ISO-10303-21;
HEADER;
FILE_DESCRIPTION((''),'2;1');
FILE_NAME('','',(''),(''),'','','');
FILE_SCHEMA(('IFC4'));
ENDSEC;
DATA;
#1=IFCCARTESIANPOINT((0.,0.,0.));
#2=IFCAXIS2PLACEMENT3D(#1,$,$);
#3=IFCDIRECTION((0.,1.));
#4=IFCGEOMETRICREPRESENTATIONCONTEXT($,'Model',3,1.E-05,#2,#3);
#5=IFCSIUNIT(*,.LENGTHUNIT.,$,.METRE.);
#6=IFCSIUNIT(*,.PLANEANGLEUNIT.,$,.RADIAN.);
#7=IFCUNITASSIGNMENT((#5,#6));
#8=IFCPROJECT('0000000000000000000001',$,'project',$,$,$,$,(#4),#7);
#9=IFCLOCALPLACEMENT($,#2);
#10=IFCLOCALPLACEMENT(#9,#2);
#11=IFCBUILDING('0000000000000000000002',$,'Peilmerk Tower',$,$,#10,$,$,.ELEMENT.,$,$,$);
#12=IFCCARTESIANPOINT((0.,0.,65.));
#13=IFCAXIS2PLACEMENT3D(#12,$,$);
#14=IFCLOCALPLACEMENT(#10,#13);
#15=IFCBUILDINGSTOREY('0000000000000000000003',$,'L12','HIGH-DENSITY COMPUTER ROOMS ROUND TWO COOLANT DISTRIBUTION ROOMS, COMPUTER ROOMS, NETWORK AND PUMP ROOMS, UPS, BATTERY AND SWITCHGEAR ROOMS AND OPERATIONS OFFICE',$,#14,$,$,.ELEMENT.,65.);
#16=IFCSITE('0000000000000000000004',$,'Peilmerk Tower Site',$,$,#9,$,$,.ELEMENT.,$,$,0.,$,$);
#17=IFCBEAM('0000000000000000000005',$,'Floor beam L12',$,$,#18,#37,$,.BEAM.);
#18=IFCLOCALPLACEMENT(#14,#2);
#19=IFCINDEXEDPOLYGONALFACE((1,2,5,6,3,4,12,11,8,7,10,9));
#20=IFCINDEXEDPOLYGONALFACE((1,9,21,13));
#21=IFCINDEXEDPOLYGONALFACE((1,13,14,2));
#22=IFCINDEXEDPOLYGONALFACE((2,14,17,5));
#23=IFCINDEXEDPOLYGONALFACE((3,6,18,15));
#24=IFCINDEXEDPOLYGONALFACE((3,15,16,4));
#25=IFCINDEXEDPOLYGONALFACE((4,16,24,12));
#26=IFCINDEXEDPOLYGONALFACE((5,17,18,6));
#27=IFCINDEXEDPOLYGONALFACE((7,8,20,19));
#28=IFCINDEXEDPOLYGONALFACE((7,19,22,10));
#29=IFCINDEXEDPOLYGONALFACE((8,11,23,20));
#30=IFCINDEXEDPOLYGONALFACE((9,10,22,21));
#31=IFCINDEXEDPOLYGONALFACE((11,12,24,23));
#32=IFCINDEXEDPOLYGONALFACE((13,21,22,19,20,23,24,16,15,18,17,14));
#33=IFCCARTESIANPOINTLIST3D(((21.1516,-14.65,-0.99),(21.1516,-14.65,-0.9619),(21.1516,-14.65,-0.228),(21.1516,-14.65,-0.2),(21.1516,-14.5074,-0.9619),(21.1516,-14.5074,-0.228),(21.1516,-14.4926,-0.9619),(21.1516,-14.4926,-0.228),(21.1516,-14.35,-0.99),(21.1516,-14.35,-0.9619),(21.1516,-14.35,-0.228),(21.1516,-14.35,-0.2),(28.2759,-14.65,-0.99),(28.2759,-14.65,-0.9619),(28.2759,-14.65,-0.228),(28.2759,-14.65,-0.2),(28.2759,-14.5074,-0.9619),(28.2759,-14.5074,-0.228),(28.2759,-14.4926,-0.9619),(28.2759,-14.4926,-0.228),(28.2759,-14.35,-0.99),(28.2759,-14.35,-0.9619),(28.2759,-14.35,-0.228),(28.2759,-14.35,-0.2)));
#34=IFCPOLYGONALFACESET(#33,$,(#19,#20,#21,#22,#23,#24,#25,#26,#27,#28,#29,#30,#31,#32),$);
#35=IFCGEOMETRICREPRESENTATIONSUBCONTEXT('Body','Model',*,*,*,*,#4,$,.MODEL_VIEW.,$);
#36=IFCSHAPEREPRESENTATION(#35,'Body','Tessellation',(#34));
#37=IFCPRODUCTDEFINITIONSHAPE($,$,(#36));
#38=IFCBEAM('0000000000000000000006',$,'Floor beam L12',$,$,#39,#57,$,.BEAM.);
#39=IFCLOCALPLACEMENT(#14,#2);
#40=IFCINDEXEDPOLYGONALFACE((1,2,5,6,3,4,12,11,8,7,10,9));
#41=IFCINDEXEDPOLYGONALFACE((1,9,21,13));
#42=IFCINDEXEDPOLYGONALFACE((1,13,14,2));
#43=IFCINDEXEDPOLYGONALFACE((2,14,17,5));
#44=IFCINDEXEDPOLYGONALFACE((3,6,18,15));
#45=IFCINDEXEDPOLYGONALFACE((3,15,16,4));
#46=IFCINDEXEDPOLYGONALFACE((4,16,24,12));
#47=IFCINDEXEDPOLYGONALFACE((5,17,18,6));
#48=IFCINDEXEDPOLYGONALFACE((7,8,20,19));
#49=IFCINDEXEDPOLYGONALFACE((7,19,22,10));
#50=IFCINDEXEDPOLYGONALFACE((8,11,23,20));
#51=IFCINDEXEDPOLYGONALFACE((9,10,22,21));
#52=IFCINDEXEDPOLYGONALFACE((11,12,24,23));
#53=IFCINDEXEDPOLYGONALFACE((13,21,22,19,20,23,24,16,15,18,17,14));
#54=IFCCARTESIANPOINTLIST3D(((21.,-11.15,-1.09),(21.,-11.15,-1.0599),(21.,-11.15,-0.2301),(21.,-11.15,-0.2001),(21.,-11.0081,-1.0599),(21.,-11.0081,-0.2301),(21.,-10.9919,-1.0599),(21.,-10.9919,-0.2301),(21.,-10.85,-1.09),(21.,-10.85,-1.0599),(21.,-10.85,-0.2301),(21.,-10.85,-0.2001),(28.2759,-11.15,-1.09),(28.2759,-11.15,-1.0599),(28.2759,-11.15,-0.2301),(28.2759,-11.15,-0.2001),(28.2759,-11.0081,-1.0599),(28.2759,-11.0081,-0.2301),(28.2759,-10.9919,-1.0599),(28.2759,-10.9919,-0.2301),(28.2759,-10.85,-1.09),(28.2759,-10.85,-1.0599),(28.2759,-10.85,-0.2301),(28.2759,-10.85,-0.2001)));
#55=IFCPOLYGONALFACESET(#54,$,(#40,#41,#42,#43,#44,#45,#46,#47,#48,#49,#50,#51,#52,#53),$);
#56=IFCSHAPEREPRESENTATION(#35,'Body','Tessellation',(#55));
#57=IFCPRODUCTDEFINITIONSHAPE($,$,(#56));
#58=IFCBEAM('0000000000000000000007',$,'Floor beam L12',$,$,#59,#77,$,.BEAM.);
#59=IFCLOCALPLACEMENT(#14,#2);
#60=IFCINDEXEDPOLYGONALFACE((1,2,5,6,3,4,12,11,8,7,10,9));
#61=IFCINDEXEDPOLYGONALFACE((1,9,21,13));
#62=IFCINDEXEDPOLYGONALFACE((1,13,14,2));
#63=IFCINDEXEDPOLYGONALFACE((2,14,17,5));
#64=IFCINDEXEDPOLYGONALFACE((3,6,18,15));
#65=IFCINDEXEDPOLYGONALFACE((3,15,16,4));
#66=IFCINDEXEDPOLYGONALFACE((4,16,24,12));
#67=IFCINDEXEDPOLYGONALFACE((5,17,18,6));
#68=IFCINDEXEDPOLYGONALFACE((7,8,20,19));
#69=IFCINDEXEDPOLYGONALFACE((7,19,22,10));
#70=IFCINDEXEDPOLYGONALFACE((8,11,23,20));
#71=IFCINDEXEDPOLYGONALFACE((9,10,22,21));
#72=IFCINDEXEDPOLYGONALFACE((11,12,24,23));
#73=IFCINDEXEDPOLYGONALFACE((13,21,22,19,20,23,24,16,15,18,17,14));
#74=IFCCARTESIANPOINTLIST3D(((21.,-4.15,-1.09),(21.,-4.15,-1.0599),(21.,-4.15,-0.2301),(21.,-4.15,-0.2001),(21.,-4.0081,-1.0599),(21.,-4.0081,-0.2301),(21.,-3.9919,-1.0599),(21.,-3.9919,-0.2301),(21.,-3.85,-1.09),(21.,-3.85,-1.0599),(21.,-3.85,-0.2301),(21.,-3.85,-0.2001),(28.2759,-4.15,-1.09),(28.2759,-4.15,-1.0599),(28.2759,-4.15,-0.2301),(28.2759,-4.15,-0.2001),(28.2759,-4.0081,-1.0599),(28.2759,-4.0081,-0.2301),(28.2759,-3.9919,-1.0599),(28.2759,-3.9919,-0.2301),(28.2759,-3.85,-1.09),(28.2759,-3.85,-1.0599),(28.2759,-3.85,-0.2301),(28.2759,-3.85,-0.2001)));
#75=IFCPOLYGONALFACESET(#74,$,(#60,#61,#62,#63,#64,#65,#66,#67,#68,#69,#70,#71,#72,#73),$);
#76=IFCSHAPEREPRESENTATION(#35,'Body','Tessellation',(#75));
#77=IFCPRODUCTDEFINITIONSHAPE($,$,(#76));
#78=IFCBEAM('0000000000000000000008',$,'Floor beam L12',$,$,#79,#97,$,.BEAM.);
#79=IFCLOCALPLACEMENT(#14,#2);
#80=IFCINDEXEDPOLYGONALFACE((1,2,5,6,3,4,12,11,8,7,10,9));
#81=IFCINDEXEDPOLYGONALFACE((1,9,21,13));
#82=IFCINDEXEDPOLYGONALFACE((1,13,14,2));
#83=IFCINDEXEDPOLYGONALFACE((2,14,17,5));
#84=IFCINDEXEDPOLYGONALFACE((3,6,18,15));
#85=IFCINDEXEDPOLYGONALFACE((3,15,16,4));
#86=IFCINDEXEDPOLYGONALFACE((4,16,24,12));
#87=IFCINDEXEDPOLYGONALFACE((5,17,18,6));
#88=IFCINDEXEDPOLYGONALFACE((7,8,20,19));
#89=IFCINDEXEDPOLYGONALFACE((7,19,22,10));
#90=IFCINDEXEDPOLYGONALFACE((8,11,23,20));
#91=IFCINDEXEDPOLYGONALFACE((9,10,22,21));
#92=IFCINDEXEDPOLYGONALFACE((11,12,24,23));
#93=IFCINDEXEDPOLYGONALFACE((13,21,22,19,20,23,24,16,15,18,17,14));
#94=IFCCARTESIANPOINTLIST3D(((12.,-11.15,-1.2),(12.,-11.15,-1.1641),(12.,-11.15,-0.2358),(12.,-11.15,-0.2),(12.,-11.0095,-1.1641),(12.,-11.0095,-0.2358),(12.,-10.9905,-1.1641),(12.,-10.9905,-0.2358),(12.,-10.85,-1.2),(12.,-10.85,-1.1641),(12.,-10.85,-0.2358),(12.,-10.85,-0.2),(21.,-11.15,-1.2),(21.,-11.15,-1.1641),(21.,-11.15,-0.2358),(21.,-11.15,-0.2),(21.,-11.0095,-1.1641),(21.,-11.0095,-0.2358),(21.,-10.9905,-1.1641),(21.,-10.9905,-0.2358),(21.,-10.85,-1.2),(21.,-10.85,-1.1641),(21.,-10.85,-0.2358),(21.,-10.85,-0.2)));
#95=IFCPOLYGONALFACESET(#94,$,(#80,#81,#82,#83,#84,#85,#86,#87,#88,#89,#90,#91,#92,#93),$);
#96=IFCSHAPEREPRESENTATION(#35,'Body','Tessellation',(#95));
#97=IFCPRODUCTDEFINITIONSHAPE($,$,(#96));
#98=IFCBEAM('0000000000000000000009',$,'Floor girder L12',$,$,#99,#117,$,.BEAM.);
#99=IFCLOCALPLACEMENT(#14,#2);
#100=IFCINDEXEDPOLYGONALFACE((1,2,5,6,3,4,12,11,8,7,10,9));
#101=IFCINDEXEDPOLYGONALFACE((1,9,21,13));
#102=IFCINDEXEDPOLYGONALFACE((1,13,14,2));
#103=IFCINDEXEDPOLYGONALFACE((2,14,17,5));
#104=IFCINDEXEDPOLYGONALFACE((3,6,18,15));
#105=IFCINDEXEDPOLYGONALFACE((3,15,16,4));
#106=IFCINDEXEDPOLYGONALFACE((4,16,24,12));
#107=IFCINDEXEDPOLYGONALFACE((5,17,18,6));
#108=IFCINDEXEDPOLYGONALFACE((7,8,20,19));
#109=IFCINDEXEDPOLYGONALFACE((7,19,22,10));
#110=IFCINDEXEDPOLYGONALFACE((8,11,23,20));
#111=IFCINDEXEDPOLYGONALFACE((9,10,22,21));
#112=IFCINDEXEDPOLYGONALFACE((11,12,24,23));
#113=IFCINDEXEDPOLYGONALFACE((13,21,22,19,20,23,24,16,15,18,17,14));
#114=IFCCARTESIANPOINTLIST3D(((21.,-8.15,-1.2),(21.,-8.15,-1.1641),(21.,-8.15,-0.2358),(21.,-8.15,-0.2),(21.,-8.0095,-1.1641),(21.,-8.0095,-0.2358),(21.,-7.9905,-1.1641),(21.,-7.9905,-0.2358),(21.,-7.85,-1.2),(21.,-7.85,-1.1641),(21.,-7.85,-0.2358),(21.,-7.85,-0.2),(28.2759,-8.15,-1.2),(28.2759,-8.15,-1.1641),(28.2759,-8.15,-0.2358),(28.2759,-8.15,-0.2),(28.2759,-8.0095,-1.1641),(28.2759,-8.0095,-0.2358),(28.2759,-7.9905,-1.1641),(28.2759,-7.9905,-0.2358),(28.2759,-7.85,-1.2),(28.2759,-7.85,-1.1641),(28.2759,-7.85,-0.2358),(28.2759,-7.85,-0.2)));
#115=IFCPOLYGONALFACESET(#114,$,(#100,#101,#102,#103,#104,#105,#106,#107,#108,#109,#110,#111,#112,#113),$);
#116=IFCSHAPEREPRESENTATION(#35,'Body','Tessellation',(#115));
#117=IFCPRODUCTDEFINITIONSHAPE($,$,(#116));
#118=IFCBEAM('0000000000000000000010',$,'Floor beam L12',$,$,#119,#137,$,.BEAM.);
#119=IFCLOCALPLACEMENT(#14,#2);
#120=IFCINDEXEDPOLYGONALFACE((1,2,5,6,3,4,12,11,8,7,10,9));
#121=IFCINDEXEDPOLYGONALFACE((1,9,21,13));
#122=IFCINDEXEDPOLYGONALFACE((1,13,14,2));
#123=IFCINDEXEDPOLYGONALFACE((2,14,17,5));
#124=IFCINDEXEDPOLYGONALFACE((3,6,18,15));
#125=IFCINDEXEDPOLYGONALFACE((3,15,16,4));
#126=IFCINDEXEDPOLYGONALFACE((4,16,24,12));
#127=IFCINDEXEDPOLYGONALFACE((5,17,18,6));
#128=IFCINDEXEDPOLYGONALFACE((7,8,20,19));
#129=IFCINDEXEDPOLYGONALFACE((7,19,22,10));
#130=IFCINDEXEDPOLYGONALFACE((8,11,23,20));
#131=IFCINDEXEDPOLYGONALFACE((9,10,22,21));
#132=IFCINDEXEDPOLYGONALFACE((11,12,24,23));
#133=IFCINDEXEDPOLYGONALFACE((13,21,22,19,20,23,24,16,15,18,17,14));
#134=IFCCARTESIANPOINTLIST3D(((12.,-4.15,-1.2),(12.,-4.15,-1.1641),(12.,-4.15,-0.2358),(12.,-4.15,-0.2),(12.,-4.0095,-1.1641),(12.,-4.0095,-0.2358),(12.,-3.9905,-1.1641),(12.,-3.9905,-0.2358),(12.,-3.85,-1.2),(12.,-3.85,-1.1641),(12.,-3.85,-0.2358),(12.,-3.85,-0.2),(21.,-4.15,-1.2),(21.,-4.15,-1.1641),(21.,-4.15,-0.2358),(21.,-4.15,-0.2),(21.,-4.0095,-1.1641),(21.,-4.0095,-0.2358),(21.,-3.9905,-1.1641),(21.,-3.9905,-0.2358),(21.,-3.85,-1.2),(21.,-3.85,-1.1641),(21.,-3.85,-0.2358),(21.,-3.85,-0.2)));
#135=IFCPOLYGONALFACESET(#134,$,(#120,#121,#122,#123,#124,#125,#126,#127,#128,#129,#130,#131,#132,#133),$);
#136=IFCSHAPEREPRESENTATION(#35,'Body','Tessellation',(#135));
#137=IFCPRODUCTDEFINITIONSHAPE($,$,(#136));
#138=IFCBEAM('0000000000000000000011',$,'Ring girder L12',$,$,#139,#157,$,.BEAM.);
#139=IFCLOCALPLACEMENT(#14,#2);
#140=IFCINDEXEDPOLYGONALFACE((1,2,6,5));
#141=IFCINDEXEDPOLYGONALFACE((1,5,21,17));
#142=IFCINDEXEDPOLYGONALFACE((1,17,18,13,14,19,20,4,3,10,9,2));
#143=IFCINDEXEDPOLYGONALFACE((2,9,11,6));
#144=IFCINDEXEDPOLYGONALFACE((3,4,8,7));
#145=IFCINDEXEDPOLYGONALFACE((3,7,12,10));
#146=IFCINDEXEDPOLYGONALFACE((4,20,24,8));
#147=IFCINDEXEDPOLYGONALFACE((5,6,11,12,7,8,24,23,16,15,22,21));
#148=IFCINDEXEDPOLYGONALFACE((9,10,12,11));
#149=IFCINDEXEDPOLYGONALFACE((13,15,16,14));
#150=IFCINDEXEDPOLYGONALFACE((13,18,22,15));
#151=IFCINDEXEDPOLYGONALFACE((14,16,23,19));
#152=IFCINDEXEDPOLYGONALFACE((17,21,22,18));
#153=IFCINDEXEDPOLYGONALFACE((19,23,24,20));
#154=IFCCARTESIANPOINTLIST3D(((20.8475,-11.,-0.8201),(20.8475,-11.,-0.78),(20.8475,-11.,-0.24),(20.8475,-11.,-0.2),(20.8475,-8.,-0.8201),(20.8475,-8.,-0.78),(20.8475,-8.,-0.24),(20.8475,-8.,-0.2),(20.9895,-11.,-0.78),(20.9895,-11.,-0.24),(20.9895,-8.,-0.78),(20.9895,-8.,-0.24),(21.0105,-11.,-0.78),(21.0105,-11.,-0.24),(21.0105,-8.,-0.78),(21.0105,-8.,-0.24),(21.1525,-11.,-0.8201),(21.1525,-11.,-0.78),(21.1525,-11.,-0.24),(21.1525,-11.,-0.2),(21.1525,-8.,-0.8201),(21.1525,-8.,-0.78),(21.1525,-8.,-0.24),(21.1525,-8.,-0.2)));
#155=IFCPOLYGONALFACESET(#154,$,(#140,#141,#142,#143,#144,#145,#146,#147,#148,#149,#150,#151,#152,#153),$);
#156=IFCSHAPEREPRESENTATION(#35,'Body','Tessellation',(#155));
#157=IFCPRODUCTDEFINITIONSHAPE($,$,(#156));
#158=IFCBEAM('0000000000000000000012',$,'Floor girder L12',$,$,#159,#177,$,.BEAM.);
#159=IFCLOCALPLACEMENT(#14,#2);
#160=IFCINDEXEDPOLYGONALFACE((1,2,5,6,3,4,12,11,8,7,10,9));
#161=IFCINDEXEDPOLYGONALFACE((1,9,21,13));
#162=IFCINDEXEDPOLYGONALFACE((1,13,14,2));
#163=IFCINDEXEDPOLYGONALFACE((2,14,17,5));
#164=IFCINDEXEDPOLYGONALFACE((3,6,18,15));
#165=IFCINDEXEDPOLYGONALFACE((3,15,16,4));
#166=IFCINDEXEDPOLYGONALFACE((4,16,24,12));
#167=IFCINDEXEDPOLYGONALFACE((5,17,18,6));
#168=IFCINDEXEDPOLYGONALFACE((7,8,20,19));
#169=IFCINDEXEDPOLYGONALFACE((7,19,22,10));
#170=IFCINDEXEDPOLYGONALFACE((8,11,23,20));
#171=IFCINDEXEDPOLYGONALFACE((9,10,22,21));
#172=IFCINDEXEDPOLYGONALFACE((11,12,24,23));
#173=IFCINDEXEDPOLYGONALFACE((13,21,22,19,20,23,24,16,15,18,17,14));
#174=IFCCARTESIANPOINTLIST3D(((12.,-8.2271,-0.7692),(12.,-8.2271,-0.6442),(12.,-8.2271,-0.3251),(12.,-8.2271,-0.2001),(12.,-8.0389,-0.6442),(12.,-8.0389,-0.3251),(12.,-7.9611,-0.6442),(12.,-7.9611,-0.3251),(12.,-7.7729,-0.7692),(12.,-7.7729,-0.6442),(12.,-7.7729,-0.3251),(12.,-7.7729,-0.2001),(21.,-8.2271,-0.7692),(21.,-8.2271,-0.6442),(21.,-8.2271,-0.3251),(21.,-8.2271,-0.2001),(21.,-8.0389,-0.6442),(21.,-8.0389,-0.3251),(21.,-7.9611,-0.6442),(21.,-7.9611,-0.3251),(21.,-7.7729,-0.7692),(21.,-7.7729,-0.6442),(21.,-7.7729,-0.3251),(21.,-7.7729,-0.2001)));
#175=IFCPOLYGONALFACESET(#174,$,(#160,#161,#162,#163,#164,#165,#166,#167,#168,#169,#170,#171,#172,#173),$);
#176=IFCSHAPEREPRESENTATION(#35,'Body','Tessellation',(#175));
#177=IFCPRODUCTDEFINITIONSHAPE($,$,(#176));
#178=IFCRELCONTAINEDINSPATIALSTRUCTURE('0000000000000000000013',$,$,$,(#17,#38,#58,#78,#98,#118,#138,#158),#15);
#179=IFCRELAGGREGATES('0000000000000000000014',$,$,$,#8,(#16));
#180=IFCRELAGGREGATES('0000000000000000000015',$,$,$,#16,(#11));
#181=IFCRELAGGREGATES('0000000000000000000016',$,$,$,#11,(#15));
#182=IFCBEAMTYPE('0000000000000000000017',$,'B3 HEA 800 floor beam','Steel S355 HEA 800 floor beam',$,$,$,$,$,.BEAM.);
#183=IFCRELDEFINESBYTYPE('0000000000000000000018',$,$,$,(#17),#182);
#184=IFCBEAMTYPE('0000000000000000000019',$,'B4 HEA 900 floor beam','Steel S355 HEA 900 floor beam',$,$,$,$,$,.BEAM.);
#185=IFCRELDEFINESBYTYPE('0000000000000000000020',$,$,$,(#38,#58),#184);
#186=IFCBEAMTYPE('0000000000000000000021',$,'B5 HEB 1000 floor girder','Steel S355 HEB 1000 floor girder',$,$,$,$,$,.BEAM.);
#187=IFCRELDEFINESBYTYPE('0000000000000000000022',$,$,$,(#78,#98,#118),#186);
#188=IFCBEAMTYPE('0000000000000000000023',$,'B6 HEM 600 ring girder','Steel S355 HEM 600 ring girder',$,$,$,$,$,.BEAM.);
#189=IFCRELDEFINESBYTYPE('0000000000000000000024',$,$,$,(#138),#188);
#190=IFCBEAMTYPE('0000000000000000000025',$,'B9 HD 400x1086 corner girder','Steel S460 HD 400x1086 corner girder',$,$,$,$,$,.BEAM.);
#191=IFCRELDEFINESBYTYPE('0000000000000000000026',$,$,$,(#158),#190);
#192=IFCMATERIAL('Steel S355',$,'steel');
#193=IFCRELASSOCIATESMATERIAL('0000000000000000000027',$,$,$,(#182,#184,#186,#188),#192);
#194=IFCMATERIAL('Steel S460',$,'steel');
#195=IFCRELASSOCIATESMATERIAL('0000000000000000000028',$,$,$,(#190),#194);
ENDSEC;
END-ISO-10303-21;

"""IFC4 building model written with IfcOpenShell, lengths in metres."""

from ifc_helpers import new_model, si_unit, direction, frame, origin, origin_2d, place, context, subcontext, project, spatial, i_section, extrude, material, material_profile, profile_set, type_object, element, save


model = new_model("IFC4")

# Units and contexts
model_context = context("Model", 3, precision=1e-05, world=origin(), true_north=direction((0.0, 1.0)))
body_context = subcontext(model_context, "Body", "Model", "MODEL_VIEW")
ifc_project = project(units=[si_unit("LENGTHUNIT", "METRE"), si_unit("PLANEANGLEUNIT", "RADIAN")], contexts=[model_context])

# Site, building, storey
site_placement = place(None, origin())
site = spatial("IfcSite", under=ifc_project, at=site_placement, Name="Peilmerk Tower Site", CompositionType="ELEMENT", RefElevation=0.0)
building_placement = place(site_placement, origin())
building = spatial("IfcBuilding", under=site, at=building_placement, Name="Peilmerk Tower", CompositionType="ELEMENT")
storey_placement = place(building_placement, frame((0.0, 0.0, 65.0)))
storey = spatial("IfcBuildingStorey", under=building, at=storey_placement, Name="L12", Description="HIGH-DENSITY COMPUTER ROOMS ROUND TWO COOLANT DISTRIBUTION ROOMS, COMPUTER ROOMS, NETWORK AND PUMP ROOMS, UPS, BATTERY AND SWITCHGEAR ROOMS AND OPERATIONS OFFICE", CompositionType="ELEMENT", Elevation=65.0)

# Beams
ifc_material_1 = material(Name="Steel S355", Category="steel")
ifc_material_profile_1 = material_profile(ifc_material_1, i_section(OverallWidth=0.3, OverallDepth=0.79, WebThickness=0.0149, FlangeThickness=0.0281, at=origin_2d()), Name="HEA 800")
ifc_profile_set_1 = profile_set([ifc_material_profile_1], Name="Steel S355")
beam_type_1 = type_object("IfcBeamType", Name="B3 HEA 800 floor beam", Description="Steel S355 HEA 800 floor beam", PredefinedType="BEAM", material=ifc_profile_set_1)
beam_1_placement = place(storey_placement, frame((21.1516, -14.5, -0.595), z_axis=(1.0, 0.0, 0.0), x_axis=(0.0, 1.0, 0.0)))
element("IfcBeam", 1, at=beam_1_placement, inside=storey, type_object=beam_type_1, Name="Floor beam L12", PredefinedType="BEAM", context=body_context, shape_type="SweptSolid", body=[
    extrude(i_section(OverallWidth=0.3, OverallDepth=0.79, WebThickness=0.0149, FlangeThickness=0.0281, at=origin_2d()), origin(), (0.0, 0.0, 1.0), 7.1243),
])
ifc_material_profile_2 = material_profile(ifc_material_1, i_section(OverallWidth=0.3, OverallDepth=0.8899, WebThickness=0.0161, FlangeThickness=0.03, at=origin_2d()), Name="HEA 900")
ifc_profile_set_2 = profile_set([ifc_material_profile_2], Name="Steel S355")
beam_type_2 = type_object("IfcBeamType", Name="B4 HEA 900 floor beam", Description="Steel S355 HEA 900 floor beam", PredefinedType="BEAM", material=ifc_profile_set_2)
for number, where, z_axis, x_axis, name in (
    (2, (21.0, -11.0, -0.645), (1.0, 0.0, 0.0), (0.0, 1.0, 0.0), "Floor beam L12"),
    (3, (21.0, -4.0, -0.645), (1.0, 0.0, 0.0), (0.0, 1.0, 0.0), "Floor beam L12"),
):
    element("IfcBeam", number, at=place(storey_placement, frame(where, z_axis=z_axis, x_axis=x_axis)), inside=storey, type_object=beam_type_2, Name=name, PredefinedType="BEAM", context=body_context, shape_type="SweptSolid", body=[
        extrude(i_section(OverallWidth=0.3, OverallDepth=0.8899, WebThickness=0.0161, FlangeThickness=0.03, at=origin_2d()), origin(), (0.0, 0.0, 1.0), 7.2759),
    ])
ifc_material_profile_3 = material_profile(ifc_material_1, i_section(OverallWidth=0.3, OverallDepth=1.0, WebThickness=0.019, FlangeThickness=0.0359, at=origin_2d()), Name="HEB 1000")
ifc_profile_set_3 = profile_set([ifc_material_profile_3], Name="Steel S355")
beam_type_3 = type_object("IfcBeamType", Name="B5 HEB 1000 floor girder", Description="Steel S355 HEB 1000 floor girder", PredefinedType="BEAM", material=ifc_profile_set_3)
beam_2_placement = place(storey_placement, frame((12.0, -11.0, -0.7), z_axis=(1.0, 0.0, 0.0), x_axis=(0.0, 1.0, 0.0)))
element("IfcBeam", 4, at=beam_2_placement, inside=storey, type_object=beam_type_3, Name="Floor beam L12", PredefinedType="BEAM", context=body_context, shape_type="SweptSolid", body=[
    extrude(i_section(OverallWidth=0.3, OverallDepth=1.0, WebThickness=0.019, FlangeThickness=0.0359, at=origin_2d()), origin(), (0.0, 0.0, 1.0), 9.0),
])
beam_3_placement = place(storey_placement, frame((21.0, -8.0, -0.7), z_axis=(1.0, 0.0, 0.0), x_axis=(0.0, 1.0, 0.0)))
element("IfcBeam", 5, at=beam_3_placement, inside=storey, type_object=beam_type_3, Name="Floor girder L12", PredefinedType="BEAM", context=body_context, shape_type="SweptSolid", body=[
    extrude(i_section(OverallWidth=0.3, OverallDepth=1.0, WebThickness=0.019, FlangeThickness=0.0359, at=origin_2d()), origin(), (0.0, 0.0, 1.0), 7.2759),
])
beam_4_placement = place(storey_placement, frame((12.0, -4.0, -0.7), z_axis=(1.0, 0.0, 0.0), x_axis=(0.0, 1.0, 0.0)))
element("IfcBeam", 6, at=beam_4_placement, inside=storey, type_object=beam_type_3, Name="Floor beam L12", PredefinedType="BEAM", context=body_context, shape_type="SweptSolid", body=[
    extrude(i_section(OverallWidth=0.3, OverallDepth=1.0, WebThickness=0.019, FlangeThickness=0.0359, at=origin_2d()), origin(), (0.0, 0.0, 1.0), 9.0),
])
ifc_material_profile_4 = material_profile(ifc_material_1, i_section(OverallWidth=0.3049, OverallDepth=0.6201, WebThickness=0.021, FlangeThickness=0.04, at=origin_2d()), Name="HEM 600")
ifc_profile_set_4 = profile_set([ifc_material_profile_4], Name="Steel S355")
beam_type_4 = type_object("IfcBeamType", Name="B6 HEM 600 ring girder", Description="Steel S355 HEM 600 ring girder", PredefinedType="BEAM", material=ifc_profile_set_4)
beam_5_placement = place(storey_placement, frame((21.0, -11.0, -0.51), z_axis=(0.0, 1.0, 0.0), x_axis=(-1.0, 0.0, 0.0)))
element("IfcBeam", 7, at=beam_5_placement, inside=storey, type_object=beam_type_4, Name="Ring girder L12", PredefinedType="BEAM", context=body_context, shape_type="SweptSolid", body=[
    extrude(i_section(OverallWidth=0.3049, OverallDepth=0.6201, WebThickness=0.021, FlangeThickness=0.04, at=origin_2d()), origin(), (0.0, 0.0, 1.0), 3.0),
])
ifc_material_2 = material(Name="Steel S460", Category="steel")
ifc_material_profile_5 = material_profile(ifc_material_2, i_section(OverallWidth=0.4541, OverallDepth=0.5691, WebThickness=0.0779, FlangeThickness=0.125, at=origin_2d()), Name="HD 400x1086")
ifc_profile_set_5 = profile_set([ifc_material_profile_5], Name="Steel S460")
beam_type_5 = type_object("IfcBeamType", Name="B9 HD 400x1086 corner girder", Description="Steel S460 HD 400x1086 corner girder", PredefinedType="BEAM", material=ifc_profile_set_5)
beam_6_placement = place(storey_placement, frame((12.0, -8.0, -0.4846), z_axis=(1.0, 0.0, 0.0), x_axis=(0.0, 1.0, 0.0)))
element("IfcBeam", 8, at=beam_6_placement, inside=storey, type_object=beam_type_5, Name="Floor girder L12", PredefinedType="BEAM", context=body_context, shape_type="SweptSolid", body=[
    extrude(i_section(OverallWidth=0.4541, OverallDepth=0.5691, WebThickness=0.0779, FlangeThickness=0.125, at=origin_2d()), origin(), (0.0, 0.0, 1.0), 9.0),
])

save(model, "model.ifc")
